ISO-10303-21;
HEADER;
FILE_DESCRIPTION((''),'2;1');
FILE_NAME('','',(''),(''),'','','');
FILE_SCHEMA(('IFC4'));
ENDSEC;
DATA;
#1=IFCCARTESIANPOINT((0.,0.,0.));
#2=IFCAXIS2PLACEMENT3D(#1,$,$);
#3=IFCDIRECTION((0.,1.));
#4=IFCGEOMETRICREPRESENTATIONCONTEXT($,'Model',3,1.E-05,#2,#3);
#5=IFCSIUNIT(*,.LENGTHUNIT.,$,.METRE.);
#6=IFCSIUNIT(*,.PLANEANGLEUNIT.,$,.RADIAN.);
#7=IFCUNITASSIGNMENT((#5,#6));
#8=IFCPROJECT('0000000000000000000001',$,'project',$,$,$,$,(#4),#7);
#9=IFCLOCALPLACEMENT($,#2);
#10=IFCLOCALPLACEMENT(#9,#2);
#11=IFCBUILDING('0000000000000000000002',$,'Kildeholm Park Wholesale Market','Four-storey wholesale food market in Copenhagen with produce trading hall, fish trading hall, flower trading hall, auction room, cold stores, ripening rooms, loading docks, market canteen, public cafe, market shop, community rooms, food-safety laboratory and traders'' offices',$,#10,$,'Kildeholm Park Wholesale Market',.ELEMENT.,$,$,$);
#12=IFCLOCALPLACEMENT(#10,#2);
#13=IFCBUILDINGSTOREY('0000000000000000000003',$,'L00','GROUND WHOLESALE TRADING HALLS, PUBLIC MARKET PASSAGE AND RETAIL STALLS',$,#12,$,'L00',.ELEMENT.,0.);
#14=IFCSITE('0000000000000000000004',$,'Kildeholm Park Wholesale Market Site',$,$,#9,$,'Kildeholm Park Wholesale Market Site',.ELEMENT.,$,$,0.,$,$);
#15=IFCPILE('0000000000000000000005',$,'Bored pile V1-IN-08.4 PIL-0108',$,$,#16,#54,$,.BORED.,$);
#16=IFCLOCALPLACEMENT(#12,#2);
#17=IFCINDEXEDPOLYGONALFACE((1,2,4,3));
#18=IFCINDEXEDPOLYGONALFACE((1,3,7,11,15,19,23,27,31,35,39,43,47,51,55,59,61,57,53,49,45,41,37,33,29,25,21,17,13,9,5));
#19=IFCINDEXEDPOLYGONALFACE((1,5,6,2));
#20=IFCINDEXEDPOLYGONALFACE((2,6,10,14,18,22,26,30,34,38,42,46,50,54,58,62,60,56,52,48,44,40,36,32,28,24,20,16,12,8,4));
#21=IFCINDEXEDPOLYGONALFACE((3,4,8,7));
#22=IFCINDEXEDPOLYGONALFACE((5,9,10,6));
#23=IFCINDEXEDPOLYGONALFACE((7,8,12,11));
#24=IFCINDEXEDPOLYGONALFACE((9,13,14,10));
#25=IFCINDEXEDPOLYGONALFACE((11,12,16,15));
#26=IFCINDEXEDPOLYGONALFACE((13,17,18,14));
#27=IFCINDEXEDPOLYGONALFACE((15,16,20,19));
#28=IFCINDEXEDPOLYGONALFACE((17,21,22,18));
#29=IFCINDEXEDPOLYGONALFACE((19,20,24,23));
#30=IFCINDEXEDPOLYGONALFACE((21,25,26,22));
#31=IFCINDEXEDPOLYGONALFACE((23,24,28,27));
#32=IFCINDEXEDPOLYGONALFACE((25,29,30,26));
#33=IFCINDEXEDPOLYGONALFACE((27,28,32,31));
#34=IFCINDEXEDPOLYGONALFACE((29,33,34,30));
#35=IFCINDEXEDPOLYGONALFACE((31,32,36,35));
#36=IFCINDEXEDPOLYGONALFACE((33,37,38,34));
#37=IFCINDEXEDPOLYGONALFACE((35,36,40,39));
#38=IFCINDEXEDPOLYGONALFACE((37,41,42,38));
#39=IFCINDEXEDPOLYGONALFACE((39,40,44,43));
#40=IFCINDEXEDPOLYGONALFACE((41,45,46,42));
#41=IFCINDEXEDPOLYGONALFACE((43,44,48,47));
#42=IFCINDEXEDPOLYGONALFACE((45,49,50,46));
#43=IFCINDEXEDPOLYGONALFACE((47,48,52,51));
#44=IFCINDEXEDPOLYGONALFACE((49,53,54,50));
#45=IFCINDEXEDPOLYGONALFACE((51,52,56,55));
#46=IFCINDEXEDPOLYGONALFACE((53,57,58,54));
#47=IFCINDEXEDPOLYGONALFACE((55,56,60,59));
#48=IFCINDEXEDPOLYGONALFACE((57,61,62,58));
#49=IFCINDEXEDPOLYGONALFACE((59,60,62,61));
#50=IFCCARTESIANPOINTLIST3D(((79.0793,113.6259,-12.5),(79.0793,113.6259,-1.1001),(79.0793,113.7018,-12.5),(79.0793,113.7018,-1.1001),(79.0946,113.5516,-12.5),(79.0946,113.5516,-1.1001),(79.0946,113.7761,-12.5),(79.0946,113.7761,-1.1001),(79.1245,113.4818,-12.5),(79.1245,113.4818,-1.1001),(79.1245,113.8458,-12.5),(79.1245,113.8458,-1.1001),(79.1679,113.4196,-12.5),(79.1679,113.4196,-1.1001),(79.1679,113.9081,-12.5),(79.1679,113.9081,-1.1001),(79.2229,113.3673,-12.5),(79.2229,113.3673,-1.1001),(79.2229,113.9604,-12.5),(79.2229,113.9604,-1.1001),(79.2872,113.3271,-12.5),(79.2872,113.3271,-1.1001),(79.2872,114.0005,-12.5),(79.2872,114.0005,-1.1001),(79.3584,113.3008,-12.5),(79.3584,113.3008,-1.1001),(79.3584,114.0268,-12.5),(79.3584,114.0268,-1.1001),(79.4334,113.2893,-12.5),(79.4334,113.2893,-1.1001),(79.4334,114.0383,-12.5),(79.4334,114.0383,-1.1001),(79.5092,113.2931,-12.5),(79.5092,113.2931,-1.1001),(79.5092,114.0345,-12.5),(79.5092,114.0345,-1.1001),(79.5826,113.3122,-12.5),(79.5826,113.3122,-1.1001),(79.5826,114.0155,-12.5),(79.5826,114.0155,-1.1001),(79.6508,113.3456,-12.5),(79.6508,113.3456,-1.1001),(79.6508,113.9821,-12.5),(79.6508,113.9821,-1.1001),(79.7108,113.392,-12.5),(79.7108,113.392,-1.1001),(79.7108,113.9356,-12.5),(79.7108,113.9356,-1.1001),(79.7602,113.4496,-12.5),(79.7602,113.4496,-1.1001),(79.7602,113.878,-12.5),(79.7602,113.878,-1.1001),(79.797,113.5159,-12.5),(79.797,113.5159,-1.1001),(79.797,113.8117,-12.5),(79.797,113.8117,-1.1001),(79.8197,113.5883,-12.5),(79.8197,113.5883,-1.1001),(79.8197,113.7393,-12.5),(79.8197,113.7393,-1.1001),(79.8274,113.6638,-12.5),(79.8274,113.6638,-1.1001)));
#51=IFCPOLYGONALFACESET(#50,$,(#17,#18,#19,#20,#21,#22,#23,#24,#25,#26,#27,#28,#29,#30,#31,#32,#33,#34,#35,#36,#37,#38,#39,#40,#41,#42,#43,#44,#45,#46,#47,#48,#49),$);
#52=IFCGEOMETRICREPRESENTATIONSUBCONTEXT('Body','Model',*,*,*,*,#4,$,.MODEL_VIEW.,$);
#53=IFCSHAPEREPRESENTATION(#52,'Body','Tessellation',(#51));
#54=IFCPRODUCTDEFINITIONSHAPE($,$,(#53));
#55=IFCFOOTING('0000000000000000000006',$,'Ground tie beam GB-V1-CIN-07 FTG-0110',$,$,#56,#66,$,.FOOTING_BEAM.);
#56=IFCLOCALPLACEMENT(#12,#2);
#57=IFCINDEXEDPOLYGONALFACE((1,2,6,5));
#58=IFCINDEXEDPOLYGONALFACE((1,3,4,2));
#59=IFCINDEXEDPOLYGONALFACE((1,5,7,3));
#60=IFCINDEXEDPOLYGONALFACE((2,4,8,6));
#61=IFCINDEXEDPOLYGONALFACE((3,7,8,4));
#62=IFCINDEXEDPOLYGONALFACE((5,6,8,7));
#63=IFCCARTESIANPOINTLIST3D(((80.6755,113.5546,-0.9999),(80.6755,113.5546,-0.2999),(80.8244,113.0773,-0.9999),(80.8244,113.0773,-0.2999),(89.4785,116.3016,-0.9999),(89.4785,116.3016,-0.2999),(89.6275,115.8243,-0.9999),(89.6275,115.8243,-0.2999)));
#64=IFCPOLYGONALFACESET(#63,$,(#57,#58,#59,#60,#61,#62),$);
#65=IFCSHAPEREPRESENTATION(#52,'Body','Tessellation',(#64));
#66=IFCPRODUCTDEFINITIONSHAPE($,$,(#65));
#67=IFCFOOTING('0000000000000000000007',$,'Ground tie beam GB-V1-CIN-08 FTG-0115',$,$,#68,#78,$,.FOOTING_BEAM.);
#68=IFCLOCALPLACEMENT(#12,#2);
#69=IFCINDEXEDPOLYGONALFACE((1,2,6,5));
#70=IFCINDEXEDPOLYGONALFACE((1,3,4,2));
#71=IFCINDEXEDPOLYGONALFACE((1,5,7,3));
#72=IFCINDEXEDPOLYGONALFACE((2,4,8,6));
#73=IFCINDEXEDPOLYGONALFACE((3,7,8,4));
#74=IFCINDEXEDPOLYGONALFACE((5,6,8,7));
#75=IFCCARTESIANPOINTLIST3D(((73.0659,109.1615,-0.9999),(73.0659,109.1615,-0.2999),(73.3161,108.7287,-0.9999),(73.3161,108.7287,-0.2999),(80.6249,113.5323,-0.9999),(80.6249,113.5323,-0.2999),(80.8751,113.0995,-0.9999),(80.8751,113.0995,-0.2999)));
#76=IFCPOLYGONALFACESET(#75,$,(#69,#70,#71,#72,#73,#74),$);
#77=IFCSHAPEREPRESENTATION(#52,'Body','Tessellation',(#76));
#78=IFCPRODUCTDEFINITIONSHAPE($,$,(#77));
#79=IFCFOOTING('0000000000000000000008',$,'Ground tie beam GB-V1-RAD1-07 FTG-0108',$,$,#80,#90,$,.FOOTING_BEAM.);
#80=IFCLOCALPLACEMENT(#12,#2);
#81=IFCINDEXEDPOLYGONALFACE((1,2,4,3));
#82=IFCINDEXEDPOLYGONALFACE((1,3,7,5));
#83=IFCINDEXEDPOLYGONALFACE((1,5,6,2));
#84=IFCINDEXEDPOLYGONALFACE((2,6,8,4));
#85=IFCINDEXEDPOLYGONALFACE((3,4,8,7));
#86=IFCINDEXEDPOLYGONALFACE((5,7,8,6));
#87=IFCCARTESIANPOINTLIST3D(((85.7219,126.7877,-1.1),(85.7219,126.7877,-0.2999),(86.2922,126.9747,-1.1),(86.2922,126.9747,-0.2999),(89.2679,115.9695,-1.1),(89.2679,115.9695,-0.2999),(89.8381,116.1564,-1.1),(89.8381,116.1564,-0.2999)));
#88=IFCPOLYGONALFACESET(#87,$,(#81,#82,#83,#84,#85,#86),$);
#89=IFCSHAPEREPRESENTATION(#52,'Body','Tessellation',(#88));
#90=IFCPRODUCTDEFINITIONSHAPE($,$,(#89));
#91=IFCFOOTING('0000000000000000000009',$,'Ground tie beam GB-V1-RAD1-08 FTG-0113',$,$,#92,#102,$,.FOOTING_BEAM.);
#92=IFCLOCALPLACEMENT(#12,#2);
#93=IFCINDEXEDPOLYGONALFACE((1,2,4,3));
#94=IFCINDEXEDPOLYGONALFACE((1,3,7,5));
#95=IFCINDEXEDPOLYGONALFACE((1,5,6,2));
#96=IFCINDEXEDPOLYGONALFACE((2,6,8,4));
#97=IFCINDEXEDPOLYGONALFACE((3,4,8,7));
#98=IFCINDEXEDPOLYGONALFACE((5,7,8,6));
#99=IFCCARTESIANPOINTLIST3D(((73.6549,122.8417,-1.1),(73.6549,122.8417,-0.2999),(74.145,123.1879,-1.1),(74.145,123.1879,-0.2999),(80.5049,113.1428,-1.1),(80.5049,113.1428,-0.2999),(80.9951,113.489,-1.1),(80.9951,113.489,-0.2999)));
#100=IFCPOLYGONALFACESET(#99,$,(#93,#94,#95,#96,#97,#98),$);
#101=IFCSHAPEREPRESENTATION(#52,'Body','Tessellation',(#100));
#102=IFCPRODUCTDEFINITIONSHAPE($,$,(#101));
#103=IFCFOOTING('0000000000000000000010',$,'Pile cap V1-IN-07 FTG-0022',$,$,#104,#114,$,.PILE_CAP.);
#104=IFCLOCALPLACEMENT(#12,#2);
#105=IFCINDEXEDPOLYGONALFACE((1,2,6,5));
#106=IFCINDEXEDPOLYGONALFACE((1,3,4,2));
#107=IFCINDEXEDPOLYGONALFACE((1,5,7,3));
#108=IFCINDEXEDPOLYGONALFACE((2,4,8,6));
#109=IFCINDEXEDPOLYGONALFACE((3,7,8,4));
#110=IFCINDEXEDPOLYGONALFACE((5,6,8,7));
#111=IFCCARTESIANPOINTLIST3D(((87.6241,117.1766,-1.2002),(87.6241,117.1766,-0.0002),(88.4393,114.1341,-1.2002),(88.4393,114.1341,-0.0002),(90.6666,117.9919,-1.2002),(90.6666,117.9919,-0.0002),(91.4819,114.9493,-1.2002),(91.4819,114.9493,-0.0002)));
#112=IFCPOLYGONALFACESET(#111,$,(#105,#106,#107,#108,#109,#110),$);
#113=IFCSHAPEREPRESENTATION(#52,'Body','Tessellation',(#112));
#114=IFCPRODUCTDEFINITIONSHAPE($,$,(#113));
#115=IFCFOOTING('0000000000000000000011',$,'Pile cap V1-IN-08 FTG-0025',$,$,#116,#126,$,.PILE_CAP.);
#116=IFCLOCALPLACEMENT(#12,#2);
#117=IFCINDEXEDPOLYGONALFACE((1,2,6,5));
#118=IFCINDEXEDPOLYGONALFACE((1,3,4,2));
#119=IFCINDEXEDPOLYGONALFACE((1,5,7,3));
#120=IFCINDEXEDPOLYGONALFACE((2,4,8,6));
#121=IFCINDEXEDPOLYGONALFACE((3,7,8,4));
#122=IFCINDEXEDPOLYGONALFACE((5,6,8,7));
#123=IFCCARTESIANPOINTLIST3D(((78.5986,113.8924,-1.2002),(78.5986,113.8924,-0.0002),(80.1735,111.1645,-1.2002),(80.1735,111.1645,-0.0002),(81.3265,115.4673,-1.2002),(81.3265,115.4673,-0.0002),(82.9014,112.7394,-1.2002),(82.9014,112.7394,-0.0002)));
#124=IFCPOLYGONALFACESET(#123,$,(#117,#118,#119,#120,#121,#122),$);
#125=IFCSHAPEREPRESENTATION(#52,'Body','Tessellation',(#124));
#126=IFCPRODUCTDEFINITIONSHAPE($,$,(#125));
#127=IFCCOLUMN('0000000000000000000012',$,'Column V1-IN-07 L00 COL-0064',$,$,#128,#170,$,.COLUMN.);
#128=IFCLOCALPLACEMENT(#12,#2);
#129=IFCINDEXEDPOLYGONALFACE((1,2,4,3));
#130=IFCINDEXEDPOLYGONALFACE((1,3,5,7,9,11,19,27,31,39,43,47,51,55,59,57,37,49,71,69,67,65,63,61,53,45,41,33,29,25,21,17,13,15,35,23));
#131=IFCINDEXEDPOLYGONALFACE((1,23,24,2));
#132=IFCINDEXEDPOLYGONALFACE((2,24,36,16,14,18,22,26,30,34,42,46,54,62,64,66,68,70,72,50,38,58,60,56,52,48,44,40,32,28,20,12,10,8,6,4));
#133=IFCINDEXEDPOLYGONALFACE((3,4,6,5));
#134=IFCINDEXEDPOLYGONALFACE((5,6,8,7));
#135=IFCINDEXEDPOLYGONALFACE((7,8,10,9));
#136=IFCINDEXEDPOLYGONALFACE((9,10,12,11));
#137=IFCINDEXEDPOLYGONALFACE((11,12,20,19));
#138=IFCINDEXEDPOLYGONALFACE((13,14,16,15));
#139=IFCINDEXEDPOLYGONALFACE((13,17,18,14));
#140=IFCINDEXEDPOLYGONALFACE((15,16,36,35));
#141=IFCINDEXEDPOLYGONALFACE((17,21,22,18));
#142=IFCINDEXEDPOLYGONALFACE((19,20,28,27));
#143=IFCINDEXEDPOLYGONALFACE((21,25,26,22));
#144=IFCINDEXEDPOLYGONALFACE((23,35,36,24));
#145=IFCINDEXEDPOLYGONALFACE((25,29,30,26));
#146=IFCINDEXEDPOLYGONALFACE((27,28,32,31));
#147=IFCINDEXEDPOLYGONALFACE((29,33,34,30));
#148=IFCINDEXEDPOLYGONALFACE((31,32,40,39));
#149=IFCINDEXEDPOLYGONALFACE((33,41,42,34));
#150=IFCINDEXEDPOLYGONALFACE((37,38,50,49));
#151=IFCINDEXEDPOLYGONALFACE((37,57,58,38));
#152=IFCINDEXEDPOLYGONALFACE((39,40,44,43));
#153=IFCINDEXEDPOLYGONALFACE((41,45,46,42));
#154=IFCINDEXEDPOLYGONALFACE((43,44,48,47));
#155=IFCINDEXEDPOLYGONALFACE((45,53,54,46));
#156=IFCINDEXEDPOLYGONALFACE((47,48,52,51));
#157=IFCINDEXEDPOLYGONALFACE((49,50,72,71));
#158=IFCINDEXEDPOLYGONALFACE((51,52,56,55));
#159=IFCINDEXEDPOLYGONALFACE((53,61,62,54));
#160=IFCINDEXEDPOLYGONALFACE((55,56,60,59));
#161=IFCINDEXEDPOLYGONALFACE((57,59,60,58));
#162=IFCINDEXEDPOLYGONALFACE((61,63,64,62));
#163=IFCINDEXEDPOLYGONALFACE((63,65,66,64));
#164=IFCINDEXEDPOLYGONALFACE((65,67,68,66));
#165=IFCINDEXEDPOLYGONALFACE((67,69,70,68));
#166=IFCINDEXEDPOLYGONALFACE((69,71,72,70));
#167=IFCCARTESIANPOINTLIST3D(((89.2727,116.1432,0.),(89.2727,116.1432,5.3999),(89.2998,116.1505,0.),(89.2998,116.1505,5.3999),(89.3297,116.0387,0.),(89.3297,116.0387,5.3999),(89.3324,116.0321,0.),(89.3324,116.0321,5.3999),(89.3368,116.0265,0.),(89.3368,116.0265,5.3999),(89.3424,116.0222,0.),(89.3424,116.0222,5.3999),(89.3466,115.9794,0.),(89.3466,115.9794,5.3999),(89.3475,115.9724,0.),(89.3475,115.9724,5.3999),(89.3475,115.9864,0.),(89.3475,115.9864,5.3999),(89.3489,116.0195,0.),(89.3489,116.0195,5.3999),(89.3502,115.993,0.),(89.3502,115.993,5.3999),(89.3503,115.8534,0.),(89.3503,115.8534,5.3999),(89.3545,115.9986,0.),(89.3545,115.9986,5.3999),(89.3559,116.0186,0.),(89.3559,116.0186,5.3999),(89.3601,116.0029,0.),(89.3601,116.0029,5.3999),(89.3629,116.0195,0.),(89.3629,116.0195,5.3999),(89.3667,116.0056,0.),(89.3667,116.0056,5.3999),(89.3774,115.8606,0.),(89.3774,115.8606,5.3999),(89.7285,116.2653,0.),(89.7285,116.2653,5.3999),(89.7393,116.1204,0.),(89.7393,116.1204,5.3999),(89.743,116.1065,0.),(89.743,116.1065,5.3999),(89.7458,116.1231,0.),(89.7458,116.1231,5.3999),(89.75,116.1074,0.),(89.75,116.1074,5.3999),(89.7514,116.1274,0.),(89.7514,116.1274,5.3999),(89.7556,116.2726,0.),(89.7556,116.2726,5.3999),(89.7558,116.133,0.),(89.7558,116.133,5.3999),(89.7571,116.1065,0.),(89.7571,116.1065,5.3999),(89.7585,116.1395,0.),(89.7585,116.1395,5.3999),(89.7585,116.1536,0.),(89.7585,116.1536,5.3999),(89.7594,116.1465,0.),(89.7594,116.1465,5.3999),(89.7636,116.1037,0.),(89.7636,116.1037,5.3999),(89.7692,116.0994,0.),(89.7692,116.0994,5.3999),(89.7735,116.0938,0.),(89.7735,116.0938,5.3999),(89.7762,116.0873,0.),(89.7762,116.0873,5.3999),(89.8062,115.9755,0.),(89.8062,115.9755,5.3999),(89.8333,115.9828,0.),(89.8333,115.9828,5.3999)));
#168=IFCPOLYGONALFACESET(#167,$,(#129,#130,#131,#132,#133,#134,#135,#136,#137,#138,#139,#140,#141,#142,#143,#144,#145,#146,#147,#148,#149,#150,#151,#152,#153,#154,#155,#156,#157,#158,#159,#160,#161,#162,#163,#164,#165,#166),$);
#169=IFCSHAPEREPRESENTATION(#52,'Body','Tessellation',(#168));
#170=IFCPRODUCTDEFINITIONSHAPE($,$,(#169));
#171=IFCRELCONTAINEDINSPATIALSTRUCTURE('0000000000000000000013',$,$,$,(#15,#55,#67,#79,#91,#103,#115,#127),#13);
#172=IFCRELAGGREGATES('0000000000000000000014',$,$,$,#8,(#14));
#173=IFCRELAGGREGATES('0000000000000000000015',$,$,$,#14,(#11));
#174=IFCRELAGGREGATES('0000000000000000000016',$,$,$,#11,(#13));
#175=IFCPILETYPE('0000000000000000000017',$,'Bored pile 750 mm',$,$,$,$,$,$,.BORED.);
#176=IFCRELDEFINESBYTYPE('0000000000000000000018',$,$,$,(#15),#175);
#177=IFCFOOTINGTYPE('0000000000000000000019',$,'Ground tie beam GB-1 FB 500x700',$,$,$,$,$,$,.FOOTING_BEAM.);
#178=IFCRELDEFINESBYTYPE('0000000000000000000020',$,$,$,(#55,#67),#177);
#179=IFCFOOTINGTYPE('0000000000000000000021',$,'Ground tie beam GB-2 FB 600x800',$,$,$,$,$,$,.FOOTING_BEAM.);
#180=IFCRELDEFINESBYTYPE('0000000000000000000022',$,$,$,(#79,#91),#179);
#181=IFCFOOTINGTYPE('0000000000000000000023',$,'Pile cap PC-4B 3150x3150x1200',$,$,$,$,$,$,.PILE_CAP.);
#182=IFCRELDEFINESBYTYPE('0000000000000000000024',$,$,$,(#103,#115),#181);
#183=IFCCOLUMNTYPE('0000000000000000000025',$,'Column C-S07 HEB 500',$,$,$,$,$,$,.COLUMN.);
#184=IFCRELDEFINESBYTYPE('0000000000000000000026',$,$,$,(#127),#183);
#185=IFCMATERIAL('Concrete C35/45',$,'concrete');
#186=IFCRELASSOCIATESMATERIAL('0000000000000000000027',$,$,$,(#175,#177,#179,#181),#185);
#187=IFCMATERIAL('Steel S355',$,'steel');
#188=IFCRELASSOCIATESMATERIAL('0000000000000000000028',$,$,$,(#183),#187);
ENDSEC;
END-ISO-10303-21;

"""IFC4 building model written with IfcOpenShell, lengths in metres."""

from ifc_helpers import new_model, si_unit, direction, frame, origin, origin_2d, place, context, subcontext, project, spatial, rectangle, circle, i_section, extrude, material, material_profile, profile_set, type_object, element, save


model = new_model("IFC4")

# Units and contexts
model_context = context("Model", 3, precision=1e-05, world=origin(), true_north=direction((0.0, 1.0)))
body_context = subcontext(model_context, "Body", "Model", "MODEL_VIEW")
ifc_project = project(units=[si_unit("LENGTHUNIT", "METRE"), si_unit("PLANEANGLEUNIT", "RADIAN")], contexts=[model_context])

# Site, building, storey
site_placement = place(None, origin())
site = spatial("IfcSite", under=ifc_project, at=site_placement, Name="Kildeholm Park Wholesale Market Site", LongName="Kildeholm Park Wholesale Market Site", CompositionType="ELEMENT", RefElevation=0.0)
building_placement = place(site_placement, origin())
building = spatial("IfcBuilding", under=site, at=building_placement, Name="Kildeholm Park Wholesale Market", Description="Four-storey wholesale food market in Copenhagen with produce trading hall, fish trading hall, flower trading hall, auction room, cold stores, ripening rooms, loading docks, market canteen, public cafe, market shop, community rooms, food-safety laboratory and traders' offices", LongName="Kildeholm Park Wholesale Market", CompositionType="ELEMENT")
storey_placement = place(building_placement, origin())
storey = spatial("IfcBuildingStorey", under=building, at=storey_placement, Name="L00", Description="GROUND WHOLESALE TRADING HALLS, PUBLIC MARKET PASSAGE AND RETAIL STALLS", LongName="L00", CompositionType="ELEMENT", Elevation=0.0)

# Pile
ifc_material_1 = material(Name="Concrete C35/45", Category="concrete")
ifc_material_profile_1 = material_profile(ifc_material_1, circle(Radius=0.375, at=origin_2d()), Name="PILE D750")
ifc_profile_set_1 = profile_set([ifc_material_profile_1], Name="Concrete C35/45")
pile_type = type_object("IfcPileType", Name="Bored pile 750 mm", PredefinedType="BORED", material=ifc_profile_set_1)
for number, where, z_axis, x_axis, name in (
    (1, (79.4524, 113.6638, -1.1001), (0.0, 0.0, -1.0), (1.0, 0.0, 0.0), "Bored pile V1-IN-08.4 PIL-0108"),
):
    element("IfcPile", number, at=place(storey_placement, frame(where, z_axis=z_axis, x_axis=x_axis)), inside=storey, type_object=pile_type, Name=name, PredefinedType="BORED", context=body_context, shape_type="SweptSolid", body=[
        extrude(circle(Radius=0.375, at=origin_2d()), origin(), (0.0, 0.0, 1.0), 11.3999),
    ])

# Footings
ifc_material_profile_2 = material_profile(ifc_material_1, rectangle(XDim=0.5, YDim=0.7, at=origin_2d()), Name="FB 500x700")
ifc_profile_set_2 = profile_set([ifc_material_profile_2], Name="Concrete C35/45")
footing_type_1 = type_object("IfcFootingType", Name="Ground tie beam GB-1 FB 500x700", PredefinedType="FOOTING_BEAM", material=ifc_profile_set_2)
footing_1_placement = place(storey_placement, frame((89.553, 116.063, -0.6499), z_axis=(-0.954599, -0.297894, 0.0), x_axis=(0.297894, -0.954599, 0.0)))
element("IfcFooting", 2, at=footing_1_placement, inside=storey, type_object=footing_type_1, Name="Ground tie beam GB-V1-CIN-07 FTG-0110", PredefinedType="FOOTING_BEAM", context=body_context, shape_type="SweptSolid", body=[
    extrude(rectangle(XDim=0.5, YDim=0.7, at=origin_2d()), origin(), (0.0, 0.0, 1.0), 9.2217),
])
footing_2_placement = place(storey_placement, frame((80.75, 113.3159, -0.6499), z_axis=(-0.865697, -0.500568, 0.0), x_axis=(0.500568, -0.865697, 0.0)))
element("IfcFooting", 3, at=footing_2_placement, inside=storey, type_object=footing_type_1, Name="Ground tie beam GB-V1-CIN-08 FTG-0115", PredefinedType="FOOTING_BEAM", context=body_context, shape_type="SweptSolid", body=[
    extrude(rectangle(XDim=0.5, YDim=0.7, at=origin_2d()), origin(), (0.0, 0.0, 1.0), 8.7317),
])
ifc_material_profile_3 = material_profile(ifc_material_1, rectangle(XDim=0.6001, YDim=0.8, at=origin_2d()), Name="FB 600x800")
ifc_profile_set_3 = profile_set([ifc_material_profile_3], Name="Concrete C35/45")
footing_type_2 = type_object("IfcFootingType", Name="Ground tie beam GB-2 FB 600x800", PredefinedType="FOOTING_BEAM", material=ifc_profile_set_3)
footing_3_placement = place(storey_placement, frame((89.553, 116.063, -0.7), z_axis=(-0.311469, 0.950256, 0.0), x_axis=(-0.950256, -0.311469, 0.0)))
element("IfcFooting", 4, at=footing_3_placement, inside=storey, type_object=footing_type_2, Name="Ground tie beam GB-V1-RAD1-07 FTG-0108", PredefinedType="FOOTING_BEAM", context=body_context, shape_type="SweptSolid", body=[
    extrude(rectangle(XDim=0.6001, YDim=0.8, at=origin_2d()), origin(), (0.0, 0.0, 1.0), 11.3845),
])
footing_4_placement = place(storey_placement, frame((80.75, 113.3159, -0.7), z_axis=(-0.576895, 0.816819, 0.0), x_axis=(-0.816819, -0.576895, 0.0)))
element("IfcFooting", 5, at=footing_4_placement, inside=storey, type_object=footing_type_2, Name="Ground tie beam GB-V1-RAD1-08 FTG-0113", PredefinedType="FOOTING_BEAM", context=body_context, shape_type="SweptSolid", body=[
    extrude(rectangle(XDim=0.6001, YDim=0.8, at=origin_2d()), origin(), (0.0, 0.0, 1.0), 11.874),
])
footing_type_3 = type_object("IfcFootingType", Name="Pile cap PC-4B 3150x3150x1200", PredefinedType="PILE_CAP", material=ifc_material_1)
for number, where, z_axis, x_axis, name in (
    (6, (89.553, 116.063, -1.2002), (0.0, 0.0, 1.0), (-0.258819, 0.965926, 0.0), "Pile cap V1-IN-07 FTG-0022"),
    (7, (80.75, 113.3159, -1.2002), (0.0, 0.0, 1.0), (-0.5, 0.866025, 0.0), "Pile cap V1-IN-08 FTG-0025"),
):
    element("IfcFooting", number, at=place(storey_placement, frame(where, z_axis=z_axis, x_axis=x_axis)), inside=storey, type_object=footing_type_3, Name=name, PredefinedType="PILE_CAP", context=body_context, shape_type="SweptSolid", body=[
        extrude(rectangle(XDim=3.1499, YDim=3.1499, at=origin_2d()), origin(), (0.0, 0.0, 1.0), 1.2),
    ])

# Column
ifc_material_2 = material(Name="Steel S355", Category="steel")
ifc_material_profile_4 = material_profile(ifc_material_2, i_section(OverallWidth=0.3, OverallDepth=0.5, WebThickness=0.0144, FlangeThickness=0.0281, FilletRadius=0.0271, at=origin_2d()), Name="HEB 500")
ifc_profile_set_4 = profile_set([ifc_material_profile_4], Name="Steel S355")
column_type = type_object("IfcColumnType", Name="Column C-S07 HEB 500", PredefinedType="COLUMN", material=ifc_profile_set_4)
for number, where, z_axis, x_axis, name in (
    (8, (89.553, 116.063, 0.0), (0.0, 0.0, 1.0), (-0.258819, 0.965926, 0.0), "Column V1-IN-07 L00 COL-0064"),
):
    element("IfcColumn", number, at=place(storey_placement, frame(where, z_axis=z_axis, x_axis=x_axis)), inside=storey, type_object=column_type, Name=name, PredefinedType="COLUMN", context=body_context, shape_type="SweptSolid", body=[
        extrude(i_section(OverallWidth=0.3, OverallDepth=0.5, WebThickness=0.0144, FlangeThickness=0.0281, FilletRadius=0.0271, at=origin_2d()), origin(), (0.0, 0.0, 1.0), 5.3999),
    ])

save(model, "model.ifc")
